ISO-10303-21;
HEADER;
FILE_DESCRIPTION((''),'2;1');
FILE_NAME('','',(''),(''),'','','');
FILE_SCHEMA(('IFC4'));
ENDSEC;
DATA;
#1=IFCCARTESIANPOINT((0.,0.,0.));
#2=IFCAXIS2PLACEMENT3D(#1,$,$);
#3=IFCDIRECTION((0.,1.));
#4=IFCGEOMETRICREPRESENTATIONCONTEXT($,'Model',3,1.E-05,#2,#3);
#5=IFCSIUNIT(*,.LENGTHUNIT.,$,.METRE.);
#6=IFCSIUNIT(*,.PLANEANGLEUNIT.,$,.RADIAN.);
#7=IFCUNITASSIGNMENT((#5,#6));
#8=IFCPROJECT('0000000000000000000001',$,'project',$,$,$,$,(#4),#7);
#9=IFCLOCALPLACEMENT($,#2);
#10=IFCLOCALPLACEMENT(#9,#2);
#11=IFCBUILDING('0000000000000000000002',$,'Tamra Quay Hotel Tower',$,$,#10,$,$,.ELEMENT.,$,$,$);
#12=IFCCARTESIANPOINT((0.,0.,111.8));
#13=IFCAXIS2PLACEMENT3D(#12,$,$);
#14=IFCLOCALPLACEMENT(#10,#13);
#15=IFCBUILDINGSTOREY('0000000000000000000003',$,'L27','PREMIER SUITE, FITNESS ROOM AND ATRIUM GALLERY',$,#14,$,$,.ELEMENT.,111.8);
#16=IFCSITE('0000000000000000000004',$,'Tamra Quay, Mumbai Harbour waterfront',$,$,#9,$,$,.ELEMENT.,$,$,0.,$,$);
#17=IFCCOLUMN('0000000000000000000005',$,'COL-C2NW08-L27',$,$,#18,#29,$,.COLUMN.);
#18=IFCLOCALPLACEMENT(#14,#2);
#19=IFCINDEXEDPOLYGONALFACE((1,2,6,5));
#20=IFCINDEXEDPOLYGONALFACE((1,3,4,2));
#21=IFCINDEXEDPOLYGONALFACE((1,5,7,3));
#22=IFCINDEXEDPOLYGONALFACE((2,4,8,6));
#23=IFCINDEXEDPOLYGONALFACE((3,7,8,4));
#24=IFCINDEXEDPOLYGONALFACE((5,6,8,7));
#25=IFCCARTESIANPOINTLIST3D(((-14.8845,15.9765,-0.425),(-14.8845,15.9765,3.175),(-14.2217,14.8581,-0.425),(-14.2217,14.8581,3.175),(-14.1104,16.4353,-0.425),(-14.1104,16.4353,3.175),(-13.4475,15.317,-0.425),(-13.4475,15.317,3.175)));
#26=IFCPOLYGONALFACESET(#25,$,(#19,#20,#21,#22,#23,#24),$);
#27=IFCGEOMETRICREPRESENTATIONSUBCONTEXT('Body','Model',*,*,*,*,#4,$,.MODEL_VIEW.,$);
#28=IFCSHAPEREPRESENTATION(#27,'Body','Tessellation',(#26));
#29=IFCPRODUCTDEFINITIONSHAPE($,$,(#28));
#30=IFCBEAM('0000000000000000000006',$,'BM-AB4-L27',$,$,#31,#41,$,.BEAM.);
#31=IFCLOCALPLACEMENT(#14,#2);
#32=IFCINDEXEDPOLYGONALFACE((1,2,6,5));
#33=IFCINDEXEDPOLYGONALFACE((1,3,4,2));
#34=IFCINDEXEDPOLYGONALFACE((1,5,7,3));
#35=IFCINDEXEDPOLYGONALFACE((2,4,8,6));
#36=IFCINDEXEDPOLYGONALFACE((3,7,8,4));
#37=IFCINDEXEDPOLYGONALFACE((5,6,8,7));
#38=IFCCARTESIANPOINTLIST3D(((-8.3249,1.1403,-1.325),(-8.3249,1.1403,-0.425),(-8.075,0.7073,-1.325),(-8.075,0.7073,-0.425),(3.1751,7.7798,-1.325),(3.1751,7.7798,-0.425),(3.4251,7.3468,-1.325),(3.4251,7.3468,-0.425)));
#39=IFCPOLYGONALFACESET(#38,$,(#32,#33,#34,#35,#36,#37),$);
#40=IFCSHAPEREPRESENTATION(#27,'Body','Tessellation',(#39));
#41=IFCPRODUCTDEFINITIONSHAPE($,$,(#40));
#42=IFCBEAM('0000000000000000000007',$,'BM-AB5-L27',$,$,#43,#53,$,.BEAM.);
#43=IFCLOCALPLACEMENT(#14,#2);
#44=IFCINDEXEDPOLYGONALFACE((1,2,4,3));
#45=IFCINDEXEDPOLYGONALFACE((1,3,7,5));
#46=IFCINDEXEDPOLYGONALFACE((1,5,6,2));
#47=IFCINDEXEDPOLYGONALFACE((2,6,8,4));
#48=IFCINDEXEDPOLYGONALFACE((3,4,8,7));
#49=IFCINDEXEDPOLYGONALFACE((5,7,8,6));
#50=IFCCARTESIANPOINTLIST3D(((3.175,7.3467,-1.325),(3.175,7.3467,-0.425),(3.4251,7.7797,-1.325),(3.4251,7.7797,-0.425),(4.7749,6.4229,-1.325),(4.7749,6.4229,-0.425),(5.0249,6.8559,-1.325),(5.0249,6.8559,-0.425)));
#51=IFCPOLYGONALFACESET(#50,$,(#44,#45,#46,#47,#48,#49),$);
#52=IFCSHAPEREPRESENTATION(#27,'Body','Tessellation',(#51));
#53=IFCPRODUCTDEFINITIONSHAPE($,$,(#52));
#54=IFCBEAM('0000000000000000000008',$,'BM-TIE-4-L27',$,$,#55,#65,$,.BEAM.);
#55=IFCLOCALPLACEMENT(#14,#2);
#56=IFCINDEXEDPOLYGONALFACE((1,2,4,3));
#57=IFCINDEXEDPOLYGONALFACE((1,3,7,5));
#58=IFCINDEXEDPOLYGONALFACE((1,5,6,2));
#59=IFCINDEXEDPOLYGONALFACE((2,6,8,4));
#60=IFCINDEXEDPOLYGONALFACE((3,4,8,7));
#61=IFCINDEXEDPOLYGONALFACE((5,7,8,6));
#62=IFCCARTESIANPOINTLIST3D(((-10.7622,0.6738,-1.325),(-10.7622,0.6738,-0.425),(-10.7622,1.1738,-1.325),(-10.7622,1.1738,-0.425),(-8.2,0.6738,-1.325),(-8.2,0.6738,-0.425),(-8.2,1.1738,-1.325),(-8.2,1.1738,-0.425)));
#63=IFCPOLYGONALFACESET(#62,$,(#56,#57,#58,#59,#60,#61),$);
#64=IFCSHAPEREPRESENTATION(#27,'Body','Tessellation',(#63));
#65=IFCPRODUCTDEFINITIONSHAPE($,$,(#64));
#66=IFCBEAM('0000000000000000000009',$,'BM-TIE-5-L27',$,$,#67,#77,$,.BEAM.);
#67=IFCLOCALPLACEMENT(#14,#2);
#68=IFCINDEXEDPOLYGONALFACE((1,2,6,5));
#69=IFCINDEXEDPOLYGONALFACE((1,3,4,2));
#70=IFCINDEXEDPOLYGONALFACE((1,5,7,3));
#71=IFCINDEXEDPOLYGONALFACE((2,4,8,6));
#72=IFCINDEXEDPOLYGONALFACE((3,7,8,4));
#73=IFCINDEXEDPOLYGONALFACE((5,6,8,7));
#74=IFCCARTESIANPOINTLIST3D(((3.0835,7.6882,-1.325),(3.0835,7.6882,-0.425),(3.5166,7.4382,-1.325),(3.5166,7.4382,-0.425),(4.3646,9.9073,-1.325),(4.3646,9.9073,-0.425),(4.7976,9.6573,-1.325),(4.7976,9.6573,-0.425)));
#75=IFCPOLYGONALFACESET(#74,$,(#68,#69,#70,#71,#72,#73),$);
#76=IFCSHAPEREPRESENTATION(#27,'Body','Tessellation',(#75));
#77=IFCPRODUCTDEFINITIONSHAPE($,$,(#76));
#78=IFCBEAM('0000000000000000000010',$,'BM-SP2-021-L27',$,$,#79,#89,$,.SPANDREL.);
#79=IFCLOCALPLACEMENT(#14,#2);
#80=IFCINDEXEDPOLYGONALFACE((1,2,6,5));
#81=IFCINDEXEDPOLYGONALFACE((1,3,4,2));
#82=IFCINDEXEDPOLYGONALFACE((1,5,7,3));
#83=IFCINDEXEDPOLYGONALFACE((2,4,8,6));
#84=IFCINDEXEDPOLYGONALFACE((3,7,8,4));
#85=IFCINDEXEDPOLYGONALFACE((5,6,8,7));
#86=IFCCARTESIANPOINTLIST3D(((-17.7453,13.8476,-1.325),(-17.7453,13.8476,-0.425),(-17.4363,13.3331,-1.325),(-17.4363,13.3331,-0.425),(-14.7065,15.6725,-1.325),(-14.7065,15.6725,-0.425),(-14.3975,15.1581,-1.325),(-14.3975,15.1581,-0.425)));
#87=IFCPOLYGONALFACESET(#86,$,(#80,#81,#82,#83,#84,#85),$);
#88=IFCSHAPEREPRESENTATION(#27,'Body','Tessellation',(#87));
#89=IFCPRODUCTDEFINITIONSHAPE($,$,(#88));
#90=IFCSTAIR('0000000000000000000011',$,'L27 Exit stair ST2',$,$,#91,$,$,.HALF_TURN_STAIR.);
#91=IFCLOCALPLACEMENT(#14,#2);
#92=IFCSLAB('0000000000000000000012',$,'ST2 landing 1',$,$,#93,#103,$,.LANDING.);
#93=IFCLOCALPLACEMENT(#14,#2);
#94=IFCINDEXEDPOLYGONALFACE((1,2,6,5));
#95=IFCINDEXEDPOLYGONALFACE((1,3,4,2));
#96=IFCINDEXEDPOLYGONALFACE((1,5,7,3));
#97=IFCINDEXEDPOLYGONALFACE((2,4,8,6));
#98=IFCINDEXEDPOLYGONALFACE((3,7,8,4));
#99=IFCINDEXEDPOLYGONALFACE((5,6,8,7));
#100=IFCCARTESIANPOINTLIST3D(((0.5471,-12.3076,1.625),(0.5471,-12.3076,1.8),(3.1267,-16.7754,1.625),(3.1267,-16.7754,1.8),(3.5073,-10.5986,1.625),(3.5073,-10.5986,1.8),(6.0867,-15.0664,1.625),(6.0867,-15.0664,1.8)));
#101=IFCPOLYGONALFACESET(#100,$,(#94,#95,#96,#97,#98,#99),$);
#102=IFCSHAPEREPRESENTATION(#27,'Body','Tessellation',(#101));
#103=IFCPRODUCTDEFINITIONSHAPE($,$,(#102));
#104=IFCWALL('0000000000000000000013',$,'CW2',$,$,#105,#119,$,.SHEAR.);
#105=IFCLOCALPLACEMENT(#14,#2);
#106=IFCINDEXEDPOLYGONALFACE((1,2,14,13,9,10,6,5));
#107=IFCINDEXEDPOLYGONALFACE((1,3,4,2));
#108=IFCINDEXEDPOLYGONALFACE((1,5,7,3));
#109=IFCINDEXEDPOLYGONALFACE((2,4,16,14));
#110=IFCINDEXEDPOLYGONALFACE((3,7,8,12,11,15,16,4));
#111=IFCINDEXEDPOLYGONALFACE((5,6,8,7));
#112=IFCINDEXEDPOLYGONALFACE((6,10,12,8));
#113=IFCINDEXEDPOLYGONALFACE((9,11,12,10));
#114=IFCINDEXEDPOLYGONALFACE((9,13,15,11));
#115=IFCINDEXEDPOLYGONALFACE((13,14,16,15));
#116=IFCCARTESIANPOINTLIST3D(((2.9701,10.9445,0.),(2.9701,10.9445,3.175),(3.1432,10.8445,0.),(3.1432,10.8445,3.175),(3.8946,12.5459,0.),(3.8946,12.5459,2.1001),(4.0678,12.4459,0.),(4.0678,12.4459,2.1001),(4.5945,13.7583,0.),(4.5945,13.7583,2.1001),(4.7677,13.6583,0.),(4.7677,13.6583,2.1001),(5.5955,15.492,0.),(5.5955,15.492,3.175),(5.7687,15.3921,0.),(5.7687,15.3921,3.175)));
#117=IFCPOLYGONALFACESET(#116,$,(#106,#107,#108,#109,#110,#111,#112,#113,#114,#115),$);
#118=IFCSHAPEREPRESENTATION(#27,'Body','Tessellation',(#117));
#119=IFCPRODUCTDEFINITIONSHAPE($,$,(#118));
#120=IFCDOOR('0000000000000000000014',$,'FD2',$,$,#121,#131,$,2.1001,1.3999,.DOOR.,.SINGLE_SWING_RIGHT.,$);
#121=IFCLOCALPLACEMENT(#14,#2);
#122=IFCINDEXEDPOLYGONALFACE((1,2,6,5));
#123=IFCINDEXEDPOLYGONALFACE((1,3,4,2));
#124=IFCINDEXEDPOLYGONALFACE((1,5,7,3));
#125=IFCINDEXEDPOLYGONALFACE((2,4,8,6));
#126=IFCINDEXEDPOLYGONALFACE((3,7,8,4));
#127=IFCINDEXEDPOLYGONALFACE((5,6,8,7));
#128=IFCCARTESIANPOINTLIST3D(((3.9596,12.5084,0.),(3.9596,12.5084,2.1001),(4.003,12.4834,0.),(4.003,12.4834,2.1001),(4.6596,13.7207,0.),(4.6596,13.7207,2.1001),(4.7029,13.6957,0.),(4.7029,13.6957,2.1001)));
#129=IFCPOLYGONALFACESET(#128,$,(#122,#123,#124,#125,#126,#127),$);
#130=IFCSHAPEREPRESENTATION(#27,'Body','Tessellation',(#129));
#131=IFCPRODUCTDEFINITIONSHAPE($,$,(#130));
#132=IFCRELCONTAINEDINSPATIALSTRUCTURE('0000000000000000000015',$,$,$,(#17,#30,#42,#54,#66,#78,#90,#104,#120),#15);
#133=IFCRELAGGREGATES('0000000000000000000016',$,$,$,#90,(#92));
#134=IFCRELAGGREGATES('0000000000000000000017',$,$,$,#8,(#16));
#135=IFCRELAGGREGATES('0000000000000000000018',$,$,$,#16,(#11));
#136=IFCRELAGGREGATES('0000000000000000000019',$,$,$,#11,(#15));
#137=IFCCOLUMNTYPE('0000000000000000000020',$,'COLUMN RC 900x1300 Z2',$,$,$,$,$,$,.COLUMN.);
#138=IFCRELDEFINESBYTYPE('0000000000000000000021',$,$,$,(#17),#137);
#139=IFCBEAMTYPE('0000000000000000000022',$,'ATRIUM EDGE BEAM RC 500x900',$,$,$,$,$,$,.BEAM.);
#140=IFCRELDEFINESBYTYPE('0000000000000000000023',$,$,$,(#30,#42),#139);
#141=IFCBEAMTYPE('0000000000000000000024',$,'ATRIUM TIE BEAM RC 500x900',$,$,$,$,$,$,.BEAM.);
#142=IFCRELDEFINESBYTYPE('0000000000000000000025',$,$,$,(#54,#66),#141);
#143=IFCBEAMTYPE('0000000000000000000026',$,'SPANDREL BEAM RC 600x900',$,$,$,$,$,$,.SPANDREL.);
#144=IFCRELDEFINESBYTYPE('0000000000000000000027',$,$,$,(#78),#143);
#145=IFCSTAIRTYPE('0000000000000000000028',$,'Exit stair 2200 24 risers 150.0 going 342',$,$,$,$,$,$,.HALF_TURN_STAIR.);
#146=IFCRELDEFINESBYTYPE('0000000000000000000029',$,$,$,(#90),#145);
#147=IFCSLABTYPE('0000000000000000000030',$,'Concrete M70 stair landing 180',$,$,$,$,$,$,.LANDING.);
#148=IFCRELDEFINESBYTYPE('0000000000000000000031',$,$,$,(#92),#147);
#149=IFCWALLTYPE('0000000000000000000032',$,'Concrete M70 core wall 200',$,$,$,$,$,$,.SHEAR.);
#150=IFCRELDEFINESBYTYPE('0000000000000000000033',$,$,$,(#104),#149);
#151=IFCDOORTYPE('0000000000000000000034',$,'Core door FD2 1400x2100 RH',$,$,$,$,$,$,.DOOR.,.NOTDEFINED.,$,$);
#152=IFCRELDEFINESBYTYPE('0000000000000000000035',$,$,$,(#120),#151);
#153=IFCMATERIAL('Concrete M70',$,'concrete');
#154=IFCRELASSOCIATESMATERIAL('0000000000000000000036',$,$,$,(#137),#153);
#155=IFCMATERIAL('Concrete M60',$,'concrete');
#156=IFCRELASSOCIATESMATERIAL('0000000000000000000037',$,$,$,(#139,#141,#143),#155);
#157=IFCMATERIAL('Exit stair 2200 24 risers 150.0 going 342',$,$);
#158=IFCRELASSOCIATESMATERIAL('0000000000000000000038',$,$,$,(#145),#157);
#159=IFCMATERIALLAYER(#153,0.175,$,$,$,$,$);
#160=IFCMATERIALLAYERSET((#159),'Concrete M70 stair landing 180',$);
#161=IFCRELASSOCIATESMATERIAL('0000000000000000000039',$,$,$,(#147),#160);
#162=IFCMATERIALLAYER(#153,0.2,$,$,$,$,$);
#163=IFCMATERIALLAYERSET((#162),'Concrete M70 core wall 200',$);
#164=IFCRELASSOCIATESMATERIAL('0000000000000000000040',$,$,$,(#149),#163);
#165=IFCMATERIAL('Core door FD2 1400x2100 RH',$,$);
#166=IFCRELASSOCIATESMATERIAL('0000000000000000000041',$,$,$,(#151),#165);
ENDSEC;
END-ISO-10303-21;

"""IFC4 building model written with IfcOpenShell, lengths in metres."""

from ifc_helpers import new_model, si_unit, direction, frame, frame_2d, origin, origin_2d, place, context, subcontext, project, spatial, polyline, rectangle, outline, extrude, material, layer, layer_set, material_profile, profile_set, type_object, element, fill, aggregate, save


model = new_model("IFC4")

# Units and contexts
model_context = context("Model", 3, precision=1e-05, world=origin(), true_north=direction((0.0, 1.0)))
body_context = subcontext(model_context, "Body", "Model", "MODEL_VIEW")
ifc_project = project(units=[si_unit("LENGTHUNIT", "METRE"), si_unit("PLANEANGLEUNIT", "RADIAN")], contexts=[model_context])

# Site, building, storey
site_placement = place(None, origin())
site = spatial("IfcSite", under=ifc_project, at=site_placement, Name="Tamra Quay, Mumbai Harbour waterfront", CompositionType="ELEMENT", RefElevation=0.0)
building_placement = place(site_placement, origin())
building = spatial("IfcBuilding", under=site, at=building_placement, Name="Tamra Quay Hotel Tower", CompositionType="ELEMENT")
storey_placement = place(building_placement, frame((0.0, 0.0, 111.8)))
storey = spatial("IfcBuildingStorey", under=building, at=storey_placement, Name="L27", Description="PREMIER SUITE, FITNESS ROOM AND ATRIUM GALLERY", CompositionType="ELEMENT", Elevation=111.8)

# Column
ifc_material_1 = material(Name="Concrete M70", Category="concrete")
ifc_material_profile_1 = material_profile(ifc_material_1, rectangle(XDim=1.3, YDim=0.8999, at=origin_2d()), Name="COLUMN RC 900x1300 Z2")
ifc_profile_set_1 = profile_set([ifc_material_profile_1], Name="Concrete M70")
column_type = type_object("IfcColumnType", Name="COLUMN RC 900x1300 Z2", PredefinedType="COLUMN", material=ifc_profile_set_1)
column_placement = place(storey_placement, frame((-14.166, 15.6467, -0.425), z_axis=(0.0, 0.0, 1.0), x_axis=(-0.509873, 0.860249, 0.0)))
element("IfcColumn", 1, at=column_placement, inside=storey, type_object=column_type, Name="COL-C2NW08-L27", PredefinedType="COLUMN", context=body_context, shape_type="SweptSolid", body=[
    extrude(rectangle(XDim=1.3, YDim=0.8999, at=origin_2d()), origin(), (0.0, 0.0, 1.0), 3.6001),
])

# Beams
ifc_material_2 = material(Name="Concrete M60", Category="concrete")
ifc_material_profile_2 = material_profile(ifc_material_2, rectangle(XDim=0.5, YDim=0.8999, at=origin_2d()), Name="ATRIUM EDGE BEAM RC 500x900")
ifc_profile_set_2 = profile_set([ifc_material_profile_2], Name="Concrete M60")
beam_type_1 = type_object("IfcBeamType", Name="ATRIUM EDGE BEAM RC 500x900", PredefinedType="BEAM", material=ifc_profile_set_2)
beam_1_placement = place(storey_placement, frame((-8.2, 0.9238, -0.875), z_axis=(0.866029, 0.499993, 0.0), x_axis=(-0.499993, 0.866029, 0.0)))
element("IfcBeam", 2, at=beam_1_placement, inside=storey, type_object=beam_type_1, Name="BM-AB4-L27", PredefinedType="BEAM", context=body_context, shape_type="SweptSolid", body=[
    extrude(rectangle(XDim=0.5, YDim=0.8999, at=origin_2d()), origin(), (0.0, 0.0, 1.0), 13.2791),
])
beam_2_placement = place(storey_placement, frame((3.3, 7.5632, -0.875), z_axis=(0.86599, -0.500062, 0.0), x_axis=(0.500062, 0.86599, 0.0)))
element("IfcBeam", 3, at=beam_2_placement, inside=storey, type_object=beam_type_1, Name="BM-AB5-L27", PredefinedType="BEAM", context=body_context, shape_type="SweptSolid", body=[
    extrude(rectangle(XDim=0.5, YDim=0.8999, at=origin_2d()), origin(), (0.0, 0.0, 1.0), 1.8474),
])
ifc_material_profile_3 = material_profile(ifc_material_2, rectangle(XDim=0.5, YDim=0.8999, at=origin_2d()), Name="ATRIUM TIE BEAM RC 500x900")
ifc_profile_set_3 = profile_set([ifc_material_profile_3], Name="Concrete M60")
beam_type_2 = type_object("IfcBeamType", Name="ATRIUM TIE BEAM RC 500x900", PredefinedType="BEAM", material=ifc_profile_set_3)
for number, where, z_axis, x_axis, name in (
    (4, (-8.2, 0.9238, -0.875), (-1.0, 0.0, 0.0), (0.0, -1.0, 0.0), "BM-TIE-4-L27"),
    (5, (3.3, 7.5632, -0.875), (0.499962, 0.866048, 0.0), (-0.866048, 0.499962, 0.0), "BM-TIE-5-L27"),
):
    element("IfcBeam", number, at=place(storey_placement, frame(where, z_axis=z_axis, x_axis=x_axis)), inside=storey, type_object=beam_type_2, Name=name, PredefinedType="BEAM", context=body_context, shape_type="SweptSolid", body=[
        extrude(rectangle(XDim=0.5, YDim=0.8999, at=origin_2d()), origin(), (0.0, 0.0, 1.0), 2.5623),
    ])
ifc_material_profile_4 = material_profile(ifc_material_2, rectangle(XDim=0.6001, YDim=0.8999, at=origin_2d()), Name="SPANDREL BEAM RC 600x900")
ifc_profile_set_4 = profile_set([ifc_material_profile_4], Name="Concrete M60")
beam_type_3 = type_object("IfcBeamType", Name="SPANDREL BEAM RC 600x900", PredefinedType="SPANDREL", material=ifc_profile_set_4)
beam_3_placement = place(storey_placement, frame((-14.552, 15.4153, -0.875), z_axis=(-0.857286, -0.51484, 0.0), x_axis=(0.51484, -0.857286, 0.0)))
element("IfcBeam", 6, at=beam_3_placement, inside=storey, type_object=beam_type_3, Name="BM-SP2-021-L27", PredefinedType="SPANDREL", context=body_context, shape_type="SweptSolid", body=[
    extrude(rectangle(XDim=0.6001, YDim=0.8999, at=origin_2d()), origin(), (0.0, 0.0, 1.0), 3.5447),
])

# Stair, slab
ifc_material_3 = material(Name="Exit stair 2200 24 risers 150.0 going 342")
stair_type = type_object("IfcStairType", Name="Exit stair 2200 24 risers 150.0 going 342", PredefinedType="HALF_TURN_STAIR", material=ifc_material_3)
stair_1_placement = place(storey_placement, origin())
stair_1 = element("IfcStair", 7, at=stair_1_placement, inside=storey, type_object=stair_type, Name="L27 Exit stair ST2", PredefinedType="HALF_TURN_STAIR")
ifc_layer_1 = layer(ifc_material_1, 0.175)
ifc_layer_set_1 = layer_set([ifc_layer_1], Name="Concrete M70 stair landing 180")
slab_type = type_object("IfcSlabType", Name="Concrete M70 stair landing 180", PredefinedType="LANDING", material=ifc_layer_set_1)
slab_placement = place(storey_placement, frame((0.0, 0.0, 1.625)))
slab = element("IfcSlab", 8, at=slab_placement, type_object=slab_type, Name="ST2 landing 1", PredefinedType="LANDING", context=body_context, shape_type="SweptSolid", body=[
    extrude(outline(polyline([(3.5073, -10.5986), (0.5471, -12.3076), (3.1267, -16.7754), (6.0867, -15.0664), (3.5073, -10.5986)])), origin(), (0.0, 0.0, 1.0), 0.175),
])
aggregate(stair_1, [slab])

# Wall, opening, door
ifc_layer_2 = layer(ifc_material_1, 0.2)
ifc_layer_set_2 = layer_set([ifc_layer_2], Name="Concrete M70 core wall 200")
wall_type_1 = type_object("IfcWallType", Name="Concrete M70 core wall 200", PredefinedType="SHEAR", material=ifc_layer_set_2)
wall_1_placement = place(storey_placement, frame((3.0566, 10.8945, 0.0), z_axis=(0.0, 0.0, 1.0), x_axis=(0.499989, 0.866032, 0.0)))
wall_1 = element("IfcWall", 9, at=wall_1_placement, inside=storey, type_object=wall_type_1, Name="CW2", PredefinedType="SHEAR", context=body_context, shape_type="SweptSolid", body=[
    extrude(rectangle(XDim=5.251, YDim=0.2, at=frame_2d((2.6255, 0.0))), origin(), (0.0, 0.0, 1.0), 3.175),
])
opening_1_placement = place(wall_1_placement, frame((1.8491, 0.0, 0.0)))
opening_1 = element("IfcOpeningElement", 10, at=opening_1_placement, cuts=wall_1, PredefinedType="OPENING", context=body_context, shape_type="SweptSolid", body=[
    extrude(rectangle(XDim=1.3999, YDim=2.1001, at=frame_2d((0.7, 1.05))), frame((0.0, 0.1099, 0.0), z_axis=(0.0, -1.0, 0.0), x_axis=(1.0, 0.0, 0.0)), (0.0, 0.0, 1.0), 0.22),
])
ifc_material_4 = material(Name="Core door FD2 1400x2100 RH")
door_type_1 = type_object("IfcDoorType", Name="Core door FD2 1400x2100 RH", OperationType="NOTDEFINED", PredefinedType="DOOR", material=ifc_material_4)
door_1_placement = place(opening_1_placement, origin())
door_1 = element("IfcDoor", 11, at=door_1_placement, inside=storey, type_object=door_type_1, Name="FD2", OperationType="SINGLE_SWING_RIGHT", OverallHeight=2.1001, OverallWidth=1.3999, PredefinedType="DOOR", context=body_context, shape_type="SweptSolid", body=[
    extrude(rectangle(XDim=1.3999, YDim=2.1001, at=frame_2d((0.7, 1.05))), frame((0.0, 0.0249, 0.0), z_axis=(0.0, -1.0, 0.0), x_axis=(1.0, 0.0, 0.0)), (0.0, 0.0, 1.0), 0.05),
])
fill(opening_1, door_1)

save(model, "model.ifc")
